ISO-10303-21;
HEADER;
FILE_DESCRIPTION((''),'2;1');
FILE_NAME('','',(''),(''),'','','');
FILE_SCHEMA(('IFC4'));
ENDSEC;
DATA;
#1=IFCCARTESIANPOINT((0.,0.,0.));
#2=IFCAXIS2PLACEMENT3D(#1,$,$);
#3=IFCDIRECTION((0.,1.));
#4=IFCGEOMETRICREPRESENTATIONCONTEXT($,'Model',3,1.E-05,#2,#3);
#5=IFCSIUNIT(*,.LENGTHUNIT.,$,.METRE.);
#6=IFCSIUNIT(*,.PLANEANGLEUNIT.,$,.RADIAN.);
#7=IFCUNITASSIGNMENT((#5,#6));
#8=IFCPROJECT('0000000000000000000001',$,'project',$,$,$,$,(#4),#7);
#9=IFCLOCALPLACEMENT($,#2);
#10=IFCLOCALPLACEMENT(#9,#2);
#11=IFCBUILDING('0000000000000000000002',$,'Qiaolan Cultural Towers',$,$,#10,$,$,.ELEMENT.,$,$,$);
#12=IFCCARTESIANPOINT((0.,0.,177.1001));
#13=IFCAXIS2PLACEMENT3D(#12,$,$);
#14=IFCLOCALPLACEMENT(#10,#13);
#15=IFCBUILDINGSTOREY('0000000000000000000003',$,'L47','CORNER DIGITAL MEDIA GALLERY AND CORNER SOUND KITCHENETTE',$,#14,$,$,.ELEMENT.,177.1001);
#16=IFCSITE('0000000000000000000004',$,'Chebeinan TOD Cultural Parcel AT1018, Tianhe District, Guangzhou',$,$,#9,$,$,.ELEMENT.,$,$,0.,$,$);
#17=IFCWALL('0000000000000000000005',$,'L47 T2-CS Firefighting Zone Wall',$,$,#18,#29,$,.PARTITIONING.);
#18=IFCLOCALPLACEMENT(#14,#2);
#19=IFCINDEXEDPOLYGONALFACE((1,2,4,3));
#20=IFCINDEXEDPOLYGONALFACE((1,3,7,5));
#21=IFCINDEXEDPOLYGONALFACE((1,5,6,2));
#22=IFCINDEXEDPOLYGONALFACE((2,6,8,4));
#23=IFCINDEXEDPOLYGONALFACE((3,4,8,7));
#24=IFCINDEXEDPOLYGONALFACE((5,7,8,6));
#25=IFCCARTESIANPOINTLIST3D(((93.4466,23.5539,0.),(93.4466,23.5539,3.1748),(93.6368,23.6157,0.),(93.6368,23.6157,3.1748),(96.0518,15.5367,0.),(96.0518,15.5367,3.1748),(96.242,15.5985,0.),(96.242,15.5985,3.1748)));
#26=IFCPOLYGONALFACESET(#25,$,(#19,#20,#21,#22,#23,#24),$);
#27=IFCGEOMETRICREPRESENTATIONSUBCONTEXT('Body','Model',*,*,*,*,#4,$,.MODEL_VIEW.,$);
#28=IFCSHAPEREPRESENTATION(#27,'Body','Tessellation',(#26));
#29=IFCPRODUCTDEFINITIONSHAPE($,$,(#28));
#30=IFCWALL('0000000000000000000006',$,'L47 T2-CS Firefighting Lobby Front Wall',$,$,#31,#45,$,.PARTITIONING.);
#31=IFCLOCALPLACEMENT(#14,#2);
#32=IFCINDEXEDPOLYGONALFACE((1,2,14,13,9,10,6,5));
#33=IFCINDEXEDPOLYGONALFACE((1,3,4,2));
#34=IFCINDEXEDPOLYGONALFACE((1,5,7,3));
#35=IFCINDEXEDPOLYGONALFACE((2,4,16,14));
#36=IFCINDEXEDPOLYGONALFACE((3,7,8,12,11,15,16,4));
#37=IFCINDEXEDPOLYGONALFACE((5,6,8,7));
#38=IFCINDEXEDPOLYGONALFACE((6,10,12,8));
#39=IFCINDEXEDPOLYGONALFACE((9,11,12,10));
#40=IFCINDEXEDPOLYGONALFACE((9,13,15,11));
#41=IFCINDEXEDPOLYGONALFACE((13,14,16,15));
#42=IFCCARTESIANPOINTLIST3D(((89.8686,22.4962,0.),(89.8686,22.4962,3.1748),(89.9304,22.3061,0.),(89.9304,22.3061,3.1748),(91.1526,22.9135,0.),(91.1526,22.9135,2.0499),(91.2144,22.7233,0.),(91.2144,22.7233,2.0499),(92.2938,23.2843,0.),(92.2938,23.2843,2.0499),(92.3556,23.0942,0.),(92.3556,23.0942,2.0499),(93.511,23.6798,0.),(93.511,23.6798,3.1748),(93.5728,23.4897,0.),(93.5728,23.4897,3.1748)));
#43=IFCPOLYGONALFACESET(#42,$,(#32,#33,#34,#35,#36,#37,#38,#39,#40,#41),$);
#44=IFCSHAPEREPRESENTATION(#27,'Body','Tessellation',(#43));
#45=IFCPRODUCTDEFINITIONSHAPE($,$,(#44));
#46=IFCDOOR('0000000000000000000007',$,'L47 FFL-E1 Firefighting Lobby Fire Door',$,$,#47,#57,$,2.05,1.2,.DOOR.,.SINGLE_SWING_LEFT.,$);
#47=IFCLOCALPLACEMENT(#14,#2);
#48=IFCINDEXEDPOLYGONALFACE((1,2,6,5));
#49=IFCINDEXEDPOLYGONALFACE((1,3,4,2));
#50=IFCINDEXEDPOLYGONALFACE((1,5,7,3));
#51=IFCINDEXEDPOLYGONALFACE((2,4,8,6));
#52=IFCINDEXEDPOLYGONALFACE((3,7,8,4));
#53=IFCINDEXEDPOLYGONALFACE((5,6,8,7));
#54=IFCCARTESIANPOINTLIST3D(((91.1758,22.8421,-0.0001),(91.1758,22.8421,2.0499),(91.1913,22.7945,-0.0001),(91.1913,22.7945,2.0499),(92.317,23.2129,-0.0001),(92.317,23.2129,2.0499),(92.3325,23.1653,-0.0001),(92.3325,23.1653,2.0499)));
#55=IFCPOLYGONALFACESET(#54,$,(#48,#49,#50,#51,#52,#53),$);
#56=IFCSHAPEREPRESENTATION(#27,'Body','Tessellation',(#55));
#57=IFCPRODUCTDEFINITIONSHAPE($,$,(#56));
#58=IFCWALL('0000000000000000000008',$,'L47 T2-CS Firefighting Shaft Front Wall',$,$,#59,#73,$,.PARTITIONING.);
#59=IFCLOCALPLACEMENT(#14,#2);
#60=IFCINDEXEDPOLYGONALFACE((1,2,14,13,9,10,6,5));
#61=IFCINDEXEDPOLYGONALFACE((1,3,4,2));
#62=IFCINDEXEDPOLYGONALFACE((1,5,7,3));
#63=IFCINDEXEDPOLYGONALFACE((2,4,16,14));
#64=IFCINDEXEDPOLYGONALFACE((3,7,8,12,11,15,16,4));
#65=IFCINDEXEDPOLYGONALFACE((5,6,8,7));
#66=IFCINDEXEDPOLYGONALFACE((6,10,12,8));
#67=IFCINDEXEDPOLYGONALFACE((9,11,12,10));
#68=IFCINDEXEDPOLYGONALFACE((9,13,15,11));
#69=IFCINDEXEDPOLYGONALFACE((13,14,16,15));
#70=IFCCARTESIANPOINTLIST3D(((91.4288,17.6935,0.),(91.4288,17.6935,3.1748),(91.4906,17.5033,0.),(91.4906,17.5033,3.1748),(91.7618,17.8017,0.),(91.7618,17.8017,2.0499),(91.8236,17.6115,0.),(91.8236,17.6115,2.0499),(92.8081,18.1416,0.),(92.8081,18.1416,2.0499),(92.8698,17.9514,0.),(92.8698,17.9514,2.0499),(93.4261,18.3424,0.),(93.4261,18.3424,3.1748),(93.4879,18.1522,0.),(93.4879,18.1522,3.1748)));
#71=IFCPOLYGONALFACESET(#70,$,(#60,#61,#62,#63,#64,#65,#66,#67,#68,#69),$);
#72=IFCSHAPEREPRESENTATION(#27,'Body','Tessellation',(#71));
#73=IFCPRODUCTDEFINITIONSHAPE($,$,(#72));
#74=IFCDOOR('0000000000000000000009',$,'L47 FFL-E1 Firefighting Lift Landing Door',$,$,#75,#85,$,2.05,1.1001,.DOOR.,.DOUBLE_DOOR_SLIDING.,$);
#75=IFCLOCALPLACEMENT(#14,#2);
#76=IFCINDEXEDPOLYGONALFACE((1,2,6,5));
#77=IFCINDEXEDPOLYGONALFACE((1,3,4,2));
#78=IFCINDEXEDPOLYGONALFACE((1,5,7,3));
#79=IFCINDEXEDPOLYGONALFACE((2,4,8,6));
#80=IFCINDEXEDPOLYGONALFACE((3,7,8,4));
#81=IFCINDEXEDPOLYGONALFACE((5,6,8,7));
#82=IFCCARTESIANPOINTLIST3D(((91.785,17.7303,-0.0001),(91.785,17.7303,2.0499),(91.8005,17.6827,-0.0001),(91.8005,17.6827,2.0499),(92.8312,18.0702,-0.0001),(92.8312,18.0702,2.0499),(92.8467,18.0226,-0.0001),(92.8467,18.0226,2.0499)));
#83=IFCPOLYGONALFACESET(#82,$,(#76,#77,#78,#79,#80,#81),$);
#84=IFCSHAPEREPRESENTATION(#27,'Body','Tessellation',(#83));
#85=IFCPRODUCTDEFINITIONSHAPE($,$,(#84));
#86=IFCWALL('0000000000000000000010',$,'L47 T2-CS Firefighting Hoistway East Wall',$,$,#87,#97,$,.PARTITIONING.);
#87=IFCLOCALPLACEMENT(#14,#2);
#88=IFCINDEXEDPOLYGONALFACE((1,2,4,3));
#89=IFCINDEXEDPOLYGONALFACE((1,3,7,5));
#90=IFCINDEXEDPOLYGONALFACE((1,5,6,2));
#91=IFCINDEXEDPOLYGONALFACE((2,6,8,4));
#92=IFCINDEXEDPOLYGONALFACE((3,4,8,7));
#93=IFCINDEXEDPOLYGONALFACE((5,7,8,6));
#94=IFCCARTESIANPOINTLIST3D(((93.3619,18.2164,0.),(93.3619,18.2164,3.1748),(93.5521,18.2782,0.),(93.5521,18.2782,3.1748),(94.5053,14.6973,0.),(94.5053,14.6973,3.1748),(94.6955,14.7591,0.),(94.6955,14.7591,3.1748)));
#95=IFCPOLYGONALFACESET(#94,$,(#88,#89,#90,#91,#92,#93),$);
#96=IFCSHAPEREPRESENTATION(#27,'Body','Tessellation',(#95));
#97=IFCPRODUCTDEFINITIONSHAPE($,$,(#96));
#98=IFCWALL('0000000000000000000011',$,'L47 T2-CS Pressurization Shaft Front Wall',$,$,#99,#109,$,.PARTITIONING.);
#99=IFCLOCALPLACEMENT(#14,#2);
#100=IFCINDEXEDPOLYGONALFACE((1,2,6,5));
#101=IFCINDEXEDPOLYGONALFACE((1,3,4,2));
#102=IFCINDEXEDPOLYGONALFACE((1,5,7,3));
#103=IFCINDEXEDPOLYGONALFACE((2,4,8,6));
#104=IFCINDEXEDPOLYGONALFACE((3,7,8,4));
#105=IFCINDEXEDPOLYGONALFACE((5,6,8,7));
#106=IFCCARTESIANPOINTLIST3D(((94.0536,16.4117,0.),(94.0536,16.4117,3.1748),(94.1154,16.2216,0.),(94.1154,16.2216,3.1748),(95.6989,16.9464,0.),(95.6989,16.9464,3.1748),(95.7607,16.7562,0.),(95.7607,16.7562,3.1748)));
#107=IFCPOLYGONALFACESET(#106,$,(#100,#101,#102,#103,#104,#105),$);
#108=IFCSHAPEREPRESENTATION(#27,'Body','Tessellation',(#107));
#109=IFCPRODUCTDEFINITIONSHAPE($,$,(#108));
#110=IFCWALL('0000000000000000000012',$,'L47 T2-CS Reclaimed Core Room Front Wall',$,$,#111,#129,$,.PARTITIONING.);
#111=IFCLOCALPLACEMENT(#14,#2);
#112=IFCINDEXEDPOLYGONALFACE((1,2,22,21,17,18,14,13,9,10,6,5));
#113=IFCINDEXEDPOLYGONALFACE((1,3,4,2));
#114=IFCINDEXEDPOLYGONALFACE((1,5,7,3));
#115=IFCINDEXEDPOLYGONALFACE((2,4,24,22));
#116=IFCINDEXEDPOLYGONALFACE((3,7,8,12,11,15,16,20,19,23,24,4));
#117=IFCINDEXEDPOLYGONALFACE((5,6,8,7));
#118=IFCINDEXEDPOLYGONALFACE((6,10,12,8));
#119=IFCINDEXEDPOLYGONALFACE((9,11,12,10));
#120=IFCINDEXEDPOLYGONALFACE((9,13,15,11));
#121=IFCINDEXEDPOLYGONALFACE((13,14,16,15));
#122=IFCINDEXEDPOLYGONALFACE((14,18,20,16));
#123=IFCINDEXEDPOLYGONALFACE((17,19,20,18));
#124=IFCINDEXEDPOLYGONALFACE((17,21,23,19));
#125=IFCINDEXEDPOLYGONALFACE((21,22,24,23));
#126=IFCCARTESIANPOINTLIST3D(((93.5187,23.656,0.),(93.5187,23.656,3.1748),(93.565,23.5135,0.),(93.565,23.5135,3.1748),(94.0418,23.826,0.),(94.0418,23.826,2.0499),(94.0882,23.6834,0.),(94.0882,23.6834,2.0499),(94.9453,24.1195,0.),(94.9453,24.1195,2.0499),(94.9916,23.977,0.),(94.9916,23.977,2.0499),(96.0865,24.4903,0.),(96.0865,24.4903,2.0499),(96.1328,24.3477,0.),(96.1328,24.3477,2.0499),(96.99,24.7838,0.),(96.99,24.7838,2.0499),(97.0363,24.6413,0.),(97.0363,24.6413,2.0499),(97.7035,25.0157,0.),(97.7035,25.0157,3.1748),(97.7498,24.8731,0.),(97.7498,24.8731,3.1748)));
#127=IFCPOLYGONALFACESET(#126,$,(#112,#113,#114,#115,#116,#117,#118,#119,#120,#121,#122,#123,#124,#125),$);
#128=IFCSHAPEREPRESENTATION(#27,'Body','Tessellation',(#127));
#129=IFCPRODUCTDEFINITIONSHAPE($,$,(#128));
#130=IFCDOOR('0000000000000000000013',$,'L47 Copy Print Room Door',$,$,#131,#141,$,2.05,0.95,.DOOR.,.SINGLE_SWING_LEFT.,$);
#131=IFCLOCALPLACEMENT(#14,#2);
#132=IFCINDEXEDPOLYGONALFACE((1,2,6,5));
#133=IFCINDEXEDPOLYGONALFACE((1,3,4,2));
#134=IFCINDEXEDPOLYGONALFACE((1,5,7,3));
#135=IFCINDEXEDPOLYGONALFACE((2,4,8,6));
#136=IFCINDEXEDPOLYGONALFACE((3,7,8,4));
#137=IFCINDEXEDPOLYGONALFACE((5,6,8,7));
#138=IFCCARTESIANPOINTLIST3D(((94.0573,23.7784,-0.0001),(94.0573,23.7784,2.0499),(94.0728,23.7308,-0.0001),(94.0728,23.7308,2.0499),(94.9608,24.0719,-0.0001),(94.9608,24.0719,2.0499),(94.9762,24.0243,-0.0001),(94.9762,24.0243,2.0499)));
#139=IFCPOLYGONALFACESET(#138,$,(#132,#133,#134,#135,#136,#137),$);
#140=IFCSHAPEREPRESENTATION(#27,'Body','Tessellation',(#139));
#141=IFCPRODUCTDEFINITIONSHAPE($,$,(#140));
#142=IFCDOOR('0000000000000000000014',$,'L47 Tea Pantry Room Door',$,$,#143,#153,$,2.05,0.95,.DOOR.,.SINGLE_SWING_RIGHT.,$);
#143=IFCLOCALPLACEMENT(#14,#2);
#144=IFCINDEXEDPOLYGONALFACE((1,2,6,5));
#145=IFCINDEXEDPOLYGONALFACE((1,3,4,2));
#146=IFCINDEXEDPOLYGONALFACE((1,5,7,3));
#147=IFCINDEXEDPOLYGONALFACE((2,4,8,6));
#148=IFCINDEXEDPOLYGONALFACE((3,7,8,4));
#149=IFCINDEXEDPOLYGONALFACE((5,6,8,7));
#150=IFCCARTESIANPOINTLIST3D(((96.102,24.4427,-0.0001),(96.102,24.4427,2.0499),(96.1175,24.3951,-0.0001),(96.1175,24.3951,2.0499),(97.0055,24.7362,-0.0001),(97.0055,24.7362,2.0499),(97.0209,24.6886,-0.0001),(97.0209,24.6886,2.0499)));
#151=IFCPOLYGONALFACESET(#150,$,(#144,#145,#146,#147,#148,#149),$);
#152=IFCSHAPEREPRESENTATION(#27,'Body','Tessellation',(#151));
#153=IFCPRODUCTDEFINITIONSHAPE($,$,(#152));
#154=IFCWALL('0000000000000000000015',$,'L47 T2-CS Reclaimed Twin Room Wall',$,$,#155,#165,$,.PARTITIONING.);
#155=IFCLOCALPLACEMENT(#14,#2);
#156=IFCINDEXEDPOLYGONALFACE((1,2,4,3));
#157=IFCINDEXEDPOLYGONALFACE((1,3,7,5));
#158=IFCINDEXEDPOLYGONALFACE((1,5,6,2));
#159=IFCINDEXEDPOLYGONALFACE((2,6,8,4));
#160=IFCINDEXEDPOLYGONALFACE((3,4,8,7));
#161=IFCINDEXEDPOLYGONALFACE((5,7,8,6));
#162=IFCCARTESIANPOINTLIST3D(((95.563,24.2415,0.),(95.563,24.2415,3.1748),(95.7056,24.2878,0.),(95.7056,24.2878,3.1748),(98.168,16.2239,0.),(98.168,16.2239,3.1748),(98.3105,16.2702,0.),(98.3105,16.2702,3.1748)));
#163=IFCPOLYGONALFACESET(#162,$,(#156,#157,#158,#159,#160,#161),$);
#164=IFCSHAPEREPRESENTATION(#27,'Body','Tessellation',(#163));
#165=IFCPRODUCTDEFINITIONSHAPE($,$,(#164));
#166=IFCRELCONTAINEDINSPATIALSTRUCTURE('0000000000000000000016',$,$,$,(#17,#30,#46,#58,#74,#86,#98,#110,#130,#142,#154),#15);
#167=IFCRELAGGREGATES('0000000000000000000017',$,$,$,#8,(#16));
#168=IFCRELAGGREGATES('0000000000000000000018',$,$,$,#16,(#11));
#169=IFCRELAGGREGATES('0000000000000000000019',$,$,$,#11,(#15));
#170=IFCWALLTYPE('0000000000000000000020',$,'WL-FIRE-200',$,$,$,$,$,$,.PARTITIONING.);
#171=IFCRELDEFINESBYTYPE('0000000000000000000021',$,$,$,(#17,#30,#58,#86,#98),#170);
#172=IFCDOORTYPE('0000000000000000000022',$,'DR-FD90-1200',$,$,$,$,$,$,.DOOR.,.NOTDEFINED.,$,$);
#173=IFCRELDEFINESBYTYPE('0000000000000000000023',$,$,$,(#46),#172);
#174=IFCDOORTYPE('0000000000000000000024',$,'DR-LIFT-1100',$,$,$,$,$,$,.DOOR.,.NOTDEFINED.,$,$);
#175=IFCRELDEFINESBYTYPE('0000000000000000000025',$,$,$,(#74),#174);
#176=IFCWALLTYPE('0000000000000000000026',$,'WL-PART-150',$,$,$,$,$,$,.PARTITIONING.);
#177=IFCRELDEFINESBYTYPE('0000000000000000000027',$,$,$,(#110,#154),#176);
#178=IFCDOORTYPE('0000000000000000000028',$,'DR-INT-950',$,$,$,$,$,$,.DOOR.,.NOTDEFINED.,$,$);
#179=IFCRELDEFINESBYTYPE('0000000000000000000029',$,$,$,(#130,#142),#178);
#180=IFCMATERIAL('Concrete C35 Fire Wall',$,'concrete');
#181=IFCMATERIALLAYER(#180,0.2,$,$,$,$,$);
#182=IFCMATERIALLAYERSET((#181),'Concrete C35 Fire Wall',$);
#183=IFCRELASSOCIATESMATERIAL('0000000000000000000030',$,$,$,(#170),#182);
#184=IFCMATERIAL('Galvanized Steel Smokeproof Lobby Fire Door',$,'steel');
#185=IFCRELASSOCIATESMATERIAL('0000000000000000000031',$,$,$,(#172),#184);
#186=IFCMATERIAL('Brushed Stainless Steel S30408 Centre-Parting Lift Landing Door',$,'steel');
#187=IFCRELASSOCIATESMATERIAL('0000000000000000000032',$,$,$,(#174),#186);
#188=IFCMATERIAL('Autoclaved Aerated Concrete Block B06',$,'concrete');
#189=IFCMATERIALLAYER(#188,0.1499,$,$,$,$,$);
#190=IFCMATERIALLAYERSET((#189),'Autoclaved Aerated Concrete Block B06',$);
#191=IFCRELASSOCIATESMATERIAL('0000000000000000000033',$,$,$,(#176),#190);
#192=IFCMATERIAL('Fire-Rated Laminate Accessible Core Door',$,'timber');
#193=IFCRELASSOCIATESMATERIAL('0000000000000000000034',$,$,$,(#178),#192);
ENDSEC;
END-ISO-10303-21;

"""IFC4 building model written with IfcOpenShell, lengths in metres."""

from ifc_helpers import new_model, si_unit, direction, frame, frame_2d, origin, place, context, subcontext, project, spatial, rectangle, extrude, material, layer, layer_set, type_object, element, fill, save


model = new_model("IFC4")

# Units and contexts
model_context = context("Model", 3, precision=1e-05, world=origin(), true_north=direction((0.0, 1.0)))
body_context = subcontext(model_context, "Body", "Model", "MODEL_VIEW")
ifc_project = project(units=[si_unit("LENGTHUNIT", "METRE"), si_unit("PLANEANGLEUNIT", "RADIAN")], contexts=[model_context])

# Site, building, storey
site_placement = place(None, origin())
site = spatial("IfcSite", under=ifc_project, at=site_placement, Name="Chebeinan TOD Cultural Parcel AT1018, Tianhe District, Guangzhou", CompositionType="ELEMENT", RefElevation=0.0)
building_placement = place(site_placement, origin())
building = spatial("IfcBuilding", under=site, at=building_placement, Name="Qiaolan Cultural Towers", CompositionType="ELEMENT")
storey_placement = place(building_placement, frame((0.0, 0.0, 177.1001)))
storey = spatial("IfcBuildingStorey", under=building, at=storey_placement, Name="L47", Description="CORNER DIGITAL MEDIA GALLERY AND CORNER SOUND KITCHENETTE", CompositionType="ELEMENT", Elevation=177.1001)

# Wall
ifc_material_1 = material(Name="Concrete C35 Fire Wall", Category="concrete")
ifc_layer_1 = layer(ifc_material_1, 0.2)
ifc_layer_set_1 = layer_set([ifc_layer_1], Name="Concrete C35 Fire Wall")
wall_type_1 = type_object("IfcWallType", Name="WL-FIRE-200", PredefinedType="PARTITIONING", material=ifc_layer_set_1)
wall_1_placement = place(storey_placement, frame((93.5417, 23.5847, 0.0), z_axis=(0.0, 0.0, 1.0), x_axis=(0.309042, -0.951048, 0.0)))
element("IfcWall", 1, at=wall_1_placement, inside=storey, type_object=wall_type_1, Name="L47 T2-CS Firefighting Zone Wall", PredefinedType="PARTITIONING", context=body_context, shape_type="SweptSolid", body=[
    extrude(rectangle(XDim=8.4299, YDim=0.2, at=frame_2d((4.2148, 0.0))), origin(), (0.0, 0.0, 1.0), 3.1748),
])

# Walls, openings, doors
wall_2_placement = place(storey_placement, frame((89.8994, 22.4011, 0.0), z_axis=(0.0, 0.0, 1.0), x_axis=(0.951047, 0.309047, 0.0)))
wall_2 = element("IfcWall", 2, at=wall_2_placement, inside=storey, type_object=wall_type_1, Name="L47 T2-CS Firefighting Lobby Front Wall", PredefinedType="PARTITIONING", context=body_context, shape_type="SweptSolid", body=[
    extrude(rectangle(XDim=3.8298, YDim=0.2, at=frame_2d((1.915, 0.0))), origin(), (0.0, 0.0, 1.0), 3.1748),
])
opening_1_placement = place(wall_2_placement, frame((1.3501, 0.0, 0.0)))
opening_1 = element("IfcOpeningElement", 3, at=opening_1_placement, cuts=wall_2, PredefinedType="OPENING", context=body_context, shape_type="SweptSolid", body=[
    extrude(rectangle(XDim=1.2, YDim=2.05, at=frame_2d((0.6001, 1.0249))), frame((0.0, 0.1099, 0.0), z_axis=(0.0, -1.0, 0.0), x_axis=(1.0, 0.0, 0.0)), (0.0, 0.0, 1.0), 0.22),
])
ifc_material_2 = material(Name="Galvanized Steel Smokeproof Lobby Fire Door", Category="steel")
door_type_1 = type_object("IfcDoorType", Name="DR-FD90-1200", OperationType="NOTDEFINED", PredefinedType="DOOR", material=ifc_material_2)
door_1_placement = place(opening_1_placement, origin())
door_1 = element("IfcDoor", 4, at=door_1_placement, inside=storey, type_object=door_type_1, Name="L47 FFL-E1 Firefighting Lobby Fire Door", OperationType="SINGLE_SWING_LEFT", OverallHeight=2.05, OverallWidth=1.2, PredefinedType="DOOR", context=body_context, shape_type="SweptSolid", body=[
    extrude(rectangle(XDim=1.2, YDim=2.05, at=frame_2d((0.6001, 1.0249))), frame((0.0, 0.0249, 0.0), z_axis=(0.0, -1.0, 0.0), x_axis=(1.0, 0.0, 0.0)), (0.0, 0.0, 1.0), 0.05),
])
fill(opening_1, door_1)
wall_3_placement = place(storey_placement, frame((91.4597, 17.5984, 0.0), z_axis=(0.0, 0.0, 1.0), x_axis=(0.951062, 0.308999, 0.0)))
wall_3 = element("IfcWall", 5, at=wall_3_placement, inside=storey, type_object=wall_type_1, Name="L47 T2-CS Firefighting Shaft Front Wall", PredefinedType="PARTITIONING", context=body_context, shape_type="SweptSolid", body=[
    extrude(rectangle(XDim=2.1001, YDim=0.2, at=frame_2d((1.05, 0.0))), origin(), (0.0, 0.0, 1.0), 3.1748),
])
opening_2_placement = place(wall_3_placement, frame((0.3501, 0.0, 0.0)))
opening_2 = element("IfcOpeningElement", 6, at=opening_2_placement, cuts=wall_3, PredefinedType="OPENING", context=body_context, shape_type="SweptSolid", body=[
    extrude(rectangle(XDim=1.1001, YDim=2.05, at=frame_2d((0.55, 1.0249))), frame((0.0, 0.1099, 0.0), z_axis=(0.0, -1.0, 0.0), x_axis=(1.0, 0.0, 0.0)), (0.0, 0.0, 1.0), 0.22),
])
ifc_material_3 = material(Name="Brushed Stainless Steel S30408 Centre-Parting Lift Landing Door", Category="steel")
door_type_2 = type_object("IfcDoorType", Name="DR-LIFT-1100", OperationType="NOTDEFINED", PredefinedType="DOOR", material=ifc_material_3)
door_2_placement = place(opening_2_placement, origin())
door_2 = element("IfcDoor", 7, at=door_2_placement, inside=storey, type_object=door_type_2, Name="L47 FFL-E1 Firefighting Lift Landing Door", OperationType="DOUBLE_DOOR_SLIDING", OverallHeight=2.05, OverallWidth=1.1001, PredefinedType="DOOR", context=body_context, shape_type="SweptSolid", body=[
    extrude(rectangle(XDim=1.1001, YDim=2.05, at=frame_2d((0.55, 1.0249))), frame((0.0, 0.0249, 0.0), z_axis=(0.0, -1.0, 0.0), x_axis=(1.0, 0.0, 0.0)), (0.0, 0.0, 1.0), 0.05),
])
fill(opening_2, door_2)

# Walls
wall_4_placement = place(storey_placement, frame((93.457, 18.2473, 0.0), z_axis=(0.0, 0.0, 1.0), x_axis=(0.308994, -0.951064, 0.0)))
element("IfcWall", 8, at=wall_4_placement, inside=storey, type_object=wall_type_1, Name="L47 T2-CS Firefighting Hoistway East Wall", PredefinedType="PARTITIONING", context=body_context, shape_type="SweptSolid", body=[
    extrude(rectangle(XDim=3.7002, YDim=0.2, at=frame_2d((1.8501, 0.0))), origin(), (0.0, 0.0, 1.0), 3.1748),
])
wall_5_placement = place(storey_placement, frame((94.0845, 16.3167, 0.0), z_axis=(0.0, 0.0, 1.0), x_axis=(0.951041, 0.309064, 0.0)))
element("IfcWall", 9, at=wall_5_placement, inside=storey, type_object=wall_type_1, Name="L47 T2-CS Pressurization Shaft Front Wall", PredefinedType="PARTITIONING", context=body_context, shape_type="SweptSolid", body=[
    extrude(rectangle(XDim=1.73, YDim=0.2, at=frame_2d((0.865, 0.0))), origin(), (0.0, 0.0, 1.0), 3.1748),
])

# Wall, openings, doors
ifc_material_4 = material(Name="Autoclaved Aerated Concrete Block B06", Category="concrete")
ifc_layer_2 = layer(ifc_material_4, 0.1499)
ifc_layer_set_2 = layer_set([ifc_layer_2], Name="Autoclaved Aerated Concrete Block B06")
wall_type_2 = type_object("IfcWallType", Name="WL-PART-150", PredefinedType="PARTITIONING", material=ifc_layer_set_2)
wall_6_placement = place(storey_placement, frame((93.5417, 23.5847, 0.0), z_axis=(0.0, 0.0, 1.0), x_axis=(0.951064, 0.308994, 0.0)))
wall_6 = element("IfcWall", 10, at=wall_6_placement, inside=storey, type_object=wall_type_2, Name="L47 T2-CS Reclaimed Core Room Front Wall", PredefinedType="PARTITIONING", context=body_context, shape_type="SweptSolid", body=[
    extrude(rectangle(XDim=4.4001, YDim=0.1499, at=frame_2d((2.2002, 0.0))), origin(), (0.0, 0.0, 1.0), 3.1748),
])
opening_3_placement = place(wall_6_placement, frame((0.55, 0.0, 0.0)))
opening_3 = element("IfcOpeningElement", 11, at=opening_3_placement, cuts=wall_6, PredefinedType="OPENING", context=body_context, shape_type="SweptSolid", body=[
    extrude(rectangle(XDim=0.95, YDim=2.05, at=frame_2d((0.4751, 1.0249))), frame((0.0, 0.085, 0.0), z_axis=(0.0, -1.0, 0.0), x_axis=(1.0, 0.0, 0.0)), (0.0, 0.0, 1.0), 0.1699),
])
opening_4_placement = place(wall_6_placement, frame((2.7, 0.0, 0.0)))
opening_4 = element("IfcOpeningElement", 12, at=opening_4_placement, cuts=wall_6, PredefinedType="OPENING", context=body_context, shape_type="SweptSolid", body=[
    extrude(rectangle(XDim=0.95, YDim=2.05, at=frame_2d((0.4751, 1.0249))), frame((0.0, 0.085, 0.0), z_axis=(0.0, -1.0, 0.0), x_axis=(1.0, 0.0, 0.0)), (0.0, 0.0, 1.0), 0.1699),
])
ifc_material_5 = material(Name="Fire-Rated Laminate Accessible Core Door", Category="timber")
door_type_3 = type_object("IfcDoorType", Name="DR-INT-950", OperationType="NOTDEFINED", PredefinedType="DOOR", material=ifc_material_5)
door_3_placement = place(opening_3_placement, origin())
door_3 = element("IfcDoor", 13, at=door_3_placement, inside=storey, type_object=door_type_3, Name="L47 Copy Print Room Door", OperationType="SINGLE_SWING_LEFT", OverallHeight=2.05, OverallWidth=0.95, PredefinedType="DOOR", context=body_context, shape_type="SweptSolid", body=[
    extrude(rectangle(XDim=0.95, YDim=2.05, at=frame_2d((0.4751, 1.0249))), frame((0.0, 0.0249, 0.0), z_axis=(0.0, -1.0, 0.0), x_axis=(1.0, 0.0, 0.0)), (0.0, 0.0, 1.0), 0.05),
])
fill(opening_3, door_3)
door_4_placement = place(opening_4_placement, origin())
door_4 = element("IfcDoor", 14, at=door_4_placement, inside=storey, type_object=door_type_3, Name="L47 Tea Pantry Room Door", OperationType="SINGLE_SWING_RIGHT", OverallHeight=2.05, OverallWidth=0.95, PredefinedType="DOOR", context=body_context, shape_type="SweptSolid", body=[
    extrude(rectangle(XDim=0.95, YDim=2.05, at=frame_2d((0.4751, 1.0249))), frame((0.0, 0.0249, 0.0), z_axis=(0.0, -1.0, 0.0), x_axis=(1.0, 0.0, 0.0)), (0.0, 0.0, 1.0), 0.05),
])
fill(opening_4, door_4)

# Wall
wall_7_placement = place(storey_placement, frame((95.6343, 24.2646, 0.0), z_axis=(0.0, 0.0, 1.0), x_axis=(0.309007, -0.95106, 0.0)))
element("IfcWall", 15, at=wall_7_placement, inside=storey, type_object=wall_type_2, Name="L47 T2-CS Reclaimed Twin Room Wall", PredefinedType="PARTITIONING", context=body_context, shape_type="SweptSolid", body=[
    extrude(rectangle(XDim=8.4302, YDim=0.1499, at=frame_2d((4.2151, 0.0))), origin(), (0.0, 0.0, 1.0), 3.1748),
])

save(model, "model.ifc")
